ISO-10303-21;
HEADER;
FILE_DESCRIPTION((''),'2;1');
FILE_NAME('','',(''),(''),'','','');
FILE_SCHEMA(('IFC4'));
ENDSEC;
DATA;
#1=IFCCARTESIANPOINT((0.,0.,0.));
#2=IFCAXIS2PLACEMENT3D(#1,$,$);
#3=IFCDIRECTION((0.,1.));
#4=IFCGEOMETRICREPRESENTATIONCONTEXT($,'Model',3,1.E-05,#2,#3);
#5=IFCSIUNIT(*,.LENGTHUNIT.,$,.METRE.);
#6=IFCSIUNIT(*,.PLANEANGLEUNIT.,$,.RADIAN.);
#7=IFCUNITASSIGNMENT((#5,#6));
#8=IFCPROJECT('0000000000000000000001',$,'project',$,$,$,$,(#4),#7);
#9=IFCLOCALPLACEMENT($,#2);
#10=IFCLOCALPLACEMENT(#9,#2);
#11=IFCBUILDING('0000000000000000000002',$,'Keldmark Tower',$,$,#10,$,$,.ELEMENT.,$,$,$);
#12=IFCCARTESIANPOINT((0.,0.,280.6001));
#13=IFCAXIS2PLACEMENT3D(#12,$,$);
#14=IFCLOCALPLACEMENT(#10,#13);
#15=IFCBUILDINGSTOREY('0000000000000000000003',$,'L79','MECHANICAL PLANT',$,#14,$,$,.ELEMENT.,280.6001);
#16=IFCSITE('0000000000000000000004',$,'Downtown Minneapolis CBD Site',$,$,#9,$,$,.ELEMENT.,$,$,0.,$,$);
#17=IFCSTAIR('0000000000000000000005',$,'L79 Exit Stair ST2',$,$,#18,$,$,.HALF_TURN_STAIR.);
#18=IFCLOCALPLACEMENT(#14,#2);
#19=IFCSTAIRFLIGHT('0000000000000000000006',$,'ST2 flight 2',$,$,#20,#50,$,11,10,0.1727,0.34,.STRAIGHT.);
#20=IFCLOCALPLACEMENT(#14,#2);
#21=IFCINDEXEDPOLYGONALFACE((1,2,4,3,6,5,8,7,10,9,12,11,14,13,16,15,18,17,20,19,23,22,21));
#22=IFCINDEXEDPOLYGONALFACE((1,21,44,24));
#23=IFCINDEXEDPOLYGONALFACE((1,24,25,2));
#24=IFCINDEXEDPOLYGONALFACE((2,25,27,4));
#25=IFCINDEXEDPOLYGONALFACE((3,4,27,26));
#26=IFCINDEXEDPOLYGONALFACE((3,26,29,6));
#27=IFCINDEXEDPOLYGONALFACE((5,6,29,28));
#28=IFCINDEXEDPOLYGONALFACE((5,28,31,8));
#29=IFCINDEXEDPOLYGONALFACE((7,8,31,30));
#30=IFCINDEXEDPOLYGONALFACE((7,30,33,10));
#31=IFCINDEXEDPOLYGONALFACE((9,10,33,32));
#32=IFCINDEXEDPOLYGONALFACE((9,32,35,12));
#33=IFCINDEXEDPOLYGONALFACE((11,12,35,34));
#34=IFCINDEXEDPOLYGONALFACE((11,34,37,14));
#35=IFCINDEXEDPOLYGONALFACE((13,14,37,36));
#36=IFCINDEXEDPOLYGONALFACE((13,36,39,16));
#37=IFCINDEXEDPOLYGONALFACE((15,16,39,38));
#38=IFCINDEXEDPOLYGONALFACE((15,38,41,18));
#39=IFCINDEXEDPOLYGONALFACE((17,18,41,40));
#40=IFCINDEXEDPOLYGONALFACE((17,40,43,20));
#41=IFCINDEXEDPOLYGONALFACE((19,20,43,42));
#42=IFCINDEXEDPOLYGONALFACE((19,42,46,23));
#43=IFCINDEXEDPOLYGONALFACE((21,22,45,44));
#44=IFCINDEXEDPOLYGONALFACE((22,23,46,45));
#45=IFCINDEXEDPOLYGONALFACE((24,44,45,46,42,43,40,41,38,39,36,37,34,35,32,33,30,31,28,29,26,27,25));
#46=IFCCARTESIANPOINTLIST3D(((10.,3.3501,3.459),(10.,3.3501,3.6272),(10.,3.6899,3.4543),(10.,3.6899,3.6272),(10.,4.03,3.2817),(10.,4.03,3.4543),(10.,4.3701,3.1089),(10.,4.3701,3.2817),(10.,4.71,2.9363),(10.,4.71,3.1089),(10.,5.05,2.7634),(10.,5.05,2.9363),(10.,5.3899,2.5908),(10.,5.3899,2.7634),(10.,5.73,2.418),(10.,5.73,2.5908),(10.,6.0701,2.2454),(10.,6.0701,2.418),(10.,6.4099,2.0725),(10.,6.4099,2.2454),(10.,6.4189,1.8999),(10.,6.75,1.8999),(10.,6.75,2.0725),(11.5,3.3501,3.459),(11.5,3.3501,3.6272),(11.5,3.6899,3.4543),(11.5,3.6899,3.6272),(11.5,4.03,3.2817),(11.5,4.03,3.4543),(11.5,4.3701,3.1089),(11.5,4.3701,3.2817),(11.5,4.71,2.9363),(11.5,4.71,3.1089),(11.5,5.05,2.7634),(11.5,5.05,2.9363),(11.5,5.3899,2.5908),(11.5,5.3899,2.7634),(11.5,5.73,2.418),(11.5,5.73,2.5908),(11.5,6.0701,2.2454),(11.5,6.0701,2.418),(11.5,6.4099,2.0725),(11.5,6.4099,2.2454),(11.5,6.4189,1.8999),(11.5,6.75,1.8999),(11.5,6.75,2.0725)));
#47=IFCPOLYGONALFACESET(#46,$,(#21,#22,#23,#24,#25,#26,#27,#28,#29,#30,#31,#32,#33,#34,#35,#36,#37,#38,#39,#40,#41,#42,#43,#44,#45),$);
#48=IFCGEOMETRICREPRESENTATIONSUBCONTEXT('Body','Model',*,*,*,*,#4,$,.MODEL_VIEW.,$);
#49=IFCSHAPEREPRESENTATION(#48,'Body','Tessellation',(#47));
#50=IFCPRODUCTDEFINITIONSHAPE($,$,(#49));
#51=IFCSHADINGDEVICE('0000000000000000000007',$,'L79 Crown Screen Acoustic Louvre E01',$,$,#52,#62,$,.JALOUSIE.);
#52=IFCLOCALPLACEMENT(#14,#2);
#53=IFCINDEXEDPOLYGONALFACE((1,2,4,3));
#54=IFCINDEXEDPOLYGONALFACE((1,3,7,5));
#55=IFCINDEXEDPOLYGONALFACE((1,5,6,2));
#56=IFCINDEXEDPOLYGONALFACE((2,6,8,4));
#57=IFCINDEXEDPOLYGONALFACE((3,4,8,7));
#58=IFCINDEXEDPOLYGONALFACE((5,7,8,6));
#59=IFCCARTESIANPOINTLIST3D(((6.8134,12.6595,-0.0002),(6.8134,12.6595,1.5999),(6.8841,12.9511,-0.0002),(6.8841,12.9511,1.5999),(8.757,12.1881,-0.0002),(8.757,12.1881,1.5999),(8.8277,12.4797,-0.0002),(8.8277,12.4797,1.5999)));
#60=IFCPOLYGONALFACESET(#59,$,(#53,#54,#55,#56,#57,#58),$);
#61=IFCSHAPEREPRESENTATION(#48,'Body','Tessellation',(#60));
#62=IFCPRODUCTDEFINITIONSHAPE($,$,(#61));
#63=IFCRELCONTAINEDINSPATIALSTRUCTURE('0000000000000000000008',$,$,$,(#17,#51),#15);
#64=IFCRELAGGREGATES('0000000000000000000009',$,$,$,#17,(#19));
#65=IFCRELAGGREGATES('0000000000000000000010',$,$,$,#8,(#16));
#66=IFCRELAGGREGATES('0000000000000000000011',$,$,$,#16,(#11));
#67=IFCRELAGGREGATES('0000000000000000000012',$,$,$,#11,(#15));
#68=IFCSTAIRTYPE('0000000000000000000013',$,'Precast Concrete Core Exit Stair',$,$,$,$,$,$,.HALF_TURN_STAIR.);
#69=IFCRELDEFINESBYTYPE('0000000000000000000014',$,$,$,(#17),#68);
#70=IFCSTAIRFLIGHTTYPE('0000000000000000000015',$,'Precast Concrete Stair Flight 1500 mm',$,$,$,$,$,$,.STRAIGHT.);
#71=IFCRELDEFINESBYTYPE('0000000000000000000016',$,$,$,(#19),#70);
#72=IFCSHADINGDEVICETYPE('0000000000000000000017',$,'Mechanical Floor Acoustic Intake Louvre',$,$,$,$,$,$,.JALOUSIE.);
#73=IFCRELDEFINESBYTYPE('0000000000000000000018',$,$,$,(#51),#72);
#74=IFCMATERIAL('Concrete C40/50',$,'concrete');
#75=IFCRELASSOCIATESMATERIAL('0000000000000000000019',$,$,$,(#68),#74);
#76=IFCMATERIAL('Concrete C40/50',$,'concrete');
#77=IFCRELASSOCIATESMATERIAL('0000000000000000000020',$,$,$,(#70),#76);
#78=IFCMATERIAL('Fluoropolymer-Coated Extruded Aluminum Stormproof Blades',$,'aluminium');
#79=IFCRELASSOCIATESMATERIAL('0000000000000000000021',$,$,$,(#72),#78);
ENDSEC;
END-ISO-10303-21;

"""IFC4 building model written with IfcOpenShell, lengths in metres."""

from ifc_helpers import new_model, si_unit, direction, frame, origin, origin_2d, place, context, subcontext, project, spatial, polyline, rectangle, outline, extrude, material, type_object, element, aggregate, save


model = new_model("IFC4")

# Units and contexts
model_context = context("Model", 3, precision=1e-05, world=origin(), true_north=direction((0.0, 1.0)))
body_context = subcontext(model_context, "Body", "Model", "MODEL_VIEW")
ifc_project = project(units=[si_unit("LENGTHUNIT", "METRE"), si_unit("PLANEANGLEUNIT", "RADIAN")], contexts=[model_context])

# Site, building, storey
site_placement = place(None, origin())
site = spatial("IfcSite", under=ifc_project, at=site_placement, Name="Downtown Minneapolis CBD Site", CompositionType="ELEMENT", RefElevation=0.0)
building_placement = place(site_placement, origin())
building = spatial("IfcBuilding", under=site, at=building_placement, Name="Keldmark Tower", CompositionType="ELEMENT")
storey_placement = place(building_placement, frame((0.0, 0.0, 280.6001)))
storey = spatial("IfcBuildingStorey", under=building, at=storey_placement, Name="L79", Description="MECHANICAL PLANT", CompositionType="ELEMENT", Elevation=280.6001)

# Stair, stair flight
ifc_material_1 = material(Name="Concrete C40/50", Category="concrete")
stair_type = type_object("IfcStairType", Name="Precast Concrete Core Exit Stair", PredefinedType="HALF_TURN_STAIR", material=ifc_material_1)
stair_placement = place(storey_placement, origin())
stair = element("IfcStair", 1, at=stair_placement, inside=storey, type_object=stair_type, Name="L79 Exit Stair ST2", PredefinedType="HALF_TURN_STAIR")
ifc_material_2 = material(Name="Concrete C40/50", Category="concrete")
stair_flight_type = type_object("IfcStairFlightType", Name="Precast Concrete Stair Flight 1500 mm", PredefinedType="STRAIGHT", material=ifc_material_2)
stair_flight_1_placement = place(storey_placement, frame((10.75, 6.75, 1.8999), z_axis=(0.0, 0.0, 1.0), x_axis=(0.0, -1.0, 0.0)))
stair_flight_1 = element("IfcStairFlight", 2, at=stair_flight_1_placement, type_object=stair_flight_type, Name="ST2 flight 2", NumberOfRisers=11, NumberOfTreads=10, PredefinedType="STRAIGHT", RiserHeight=0.1727, TreadLength=0.34, context=body_context, shape_type="SweptSolid", body=[
    extrude(outline(polyline([(0.0, 0.0), (0.0, 0.1726), (0.3401, 0.1726), (0.3401, 0.3455), (0.6799, 0.3455), (0.6799, 0.5181), (1.02, 0.5181), (1.02, 0.6909), (1.3601, 0.6909), (1.3601, 0.8635), (1.7, 0.8635), (1.7, 1.0364), (2.04, 1.0364), (2.04, 1.209), (2.3799, 1.209), (2.3799, 1.3818), (2.72, 1.3818), (2.72, 1.5544), (3.0601, 1.5544), (3.0601, 1.7273), (3.3999, 1.7273), (3.3999, 1.8999), (3.3999, 1.5591), (0.3311, 0.0), (0.0, 0.0)])), frame((0.0, 0.75, 0.0), z_axis=(0.0, -1.0, 0.0), x_axis=(1.0, 0.0, 0.0)), (0.0, 0.0, 1.0), 1.5),
])
aggregate(stair, [stair_flight_1])

# Shading device
ifc_material_3 = material(Name="Fluoropolymer-Coated Extruded Aluminum Stormproof Blades", Category="aluminium")
shading_device_type = type_object("IfcShadingDeviceType", Name="Mechanical Floor Acoustic Intake Louvre", PredefinedType="JALOUSIE", material=ifc_material_3)
shading_device_placement = place(storey_placement, frame((7.8206, 12.5696, -0.0002), z_axis=(0.0, 0.0, 1.0), x_axis=(-0.971821, 0.235719, 0.0)))
element("IfcShadingDevice", 3, at=shading_device_placement, inside=storey, type_object=shading_device_type, Name="L79 Crown Screen Acoustic Louvre E01", PredefinedType="JALOUSIE", context=body_context, shape_type="SweptSolid", body=[
    extrude(rectangle(XDim=2.0, YDim=0.3, at=origin_2d()), origin(), (0.0, 0.0, 1.0), 1.6001),
])

save(model, "model.ifc")
